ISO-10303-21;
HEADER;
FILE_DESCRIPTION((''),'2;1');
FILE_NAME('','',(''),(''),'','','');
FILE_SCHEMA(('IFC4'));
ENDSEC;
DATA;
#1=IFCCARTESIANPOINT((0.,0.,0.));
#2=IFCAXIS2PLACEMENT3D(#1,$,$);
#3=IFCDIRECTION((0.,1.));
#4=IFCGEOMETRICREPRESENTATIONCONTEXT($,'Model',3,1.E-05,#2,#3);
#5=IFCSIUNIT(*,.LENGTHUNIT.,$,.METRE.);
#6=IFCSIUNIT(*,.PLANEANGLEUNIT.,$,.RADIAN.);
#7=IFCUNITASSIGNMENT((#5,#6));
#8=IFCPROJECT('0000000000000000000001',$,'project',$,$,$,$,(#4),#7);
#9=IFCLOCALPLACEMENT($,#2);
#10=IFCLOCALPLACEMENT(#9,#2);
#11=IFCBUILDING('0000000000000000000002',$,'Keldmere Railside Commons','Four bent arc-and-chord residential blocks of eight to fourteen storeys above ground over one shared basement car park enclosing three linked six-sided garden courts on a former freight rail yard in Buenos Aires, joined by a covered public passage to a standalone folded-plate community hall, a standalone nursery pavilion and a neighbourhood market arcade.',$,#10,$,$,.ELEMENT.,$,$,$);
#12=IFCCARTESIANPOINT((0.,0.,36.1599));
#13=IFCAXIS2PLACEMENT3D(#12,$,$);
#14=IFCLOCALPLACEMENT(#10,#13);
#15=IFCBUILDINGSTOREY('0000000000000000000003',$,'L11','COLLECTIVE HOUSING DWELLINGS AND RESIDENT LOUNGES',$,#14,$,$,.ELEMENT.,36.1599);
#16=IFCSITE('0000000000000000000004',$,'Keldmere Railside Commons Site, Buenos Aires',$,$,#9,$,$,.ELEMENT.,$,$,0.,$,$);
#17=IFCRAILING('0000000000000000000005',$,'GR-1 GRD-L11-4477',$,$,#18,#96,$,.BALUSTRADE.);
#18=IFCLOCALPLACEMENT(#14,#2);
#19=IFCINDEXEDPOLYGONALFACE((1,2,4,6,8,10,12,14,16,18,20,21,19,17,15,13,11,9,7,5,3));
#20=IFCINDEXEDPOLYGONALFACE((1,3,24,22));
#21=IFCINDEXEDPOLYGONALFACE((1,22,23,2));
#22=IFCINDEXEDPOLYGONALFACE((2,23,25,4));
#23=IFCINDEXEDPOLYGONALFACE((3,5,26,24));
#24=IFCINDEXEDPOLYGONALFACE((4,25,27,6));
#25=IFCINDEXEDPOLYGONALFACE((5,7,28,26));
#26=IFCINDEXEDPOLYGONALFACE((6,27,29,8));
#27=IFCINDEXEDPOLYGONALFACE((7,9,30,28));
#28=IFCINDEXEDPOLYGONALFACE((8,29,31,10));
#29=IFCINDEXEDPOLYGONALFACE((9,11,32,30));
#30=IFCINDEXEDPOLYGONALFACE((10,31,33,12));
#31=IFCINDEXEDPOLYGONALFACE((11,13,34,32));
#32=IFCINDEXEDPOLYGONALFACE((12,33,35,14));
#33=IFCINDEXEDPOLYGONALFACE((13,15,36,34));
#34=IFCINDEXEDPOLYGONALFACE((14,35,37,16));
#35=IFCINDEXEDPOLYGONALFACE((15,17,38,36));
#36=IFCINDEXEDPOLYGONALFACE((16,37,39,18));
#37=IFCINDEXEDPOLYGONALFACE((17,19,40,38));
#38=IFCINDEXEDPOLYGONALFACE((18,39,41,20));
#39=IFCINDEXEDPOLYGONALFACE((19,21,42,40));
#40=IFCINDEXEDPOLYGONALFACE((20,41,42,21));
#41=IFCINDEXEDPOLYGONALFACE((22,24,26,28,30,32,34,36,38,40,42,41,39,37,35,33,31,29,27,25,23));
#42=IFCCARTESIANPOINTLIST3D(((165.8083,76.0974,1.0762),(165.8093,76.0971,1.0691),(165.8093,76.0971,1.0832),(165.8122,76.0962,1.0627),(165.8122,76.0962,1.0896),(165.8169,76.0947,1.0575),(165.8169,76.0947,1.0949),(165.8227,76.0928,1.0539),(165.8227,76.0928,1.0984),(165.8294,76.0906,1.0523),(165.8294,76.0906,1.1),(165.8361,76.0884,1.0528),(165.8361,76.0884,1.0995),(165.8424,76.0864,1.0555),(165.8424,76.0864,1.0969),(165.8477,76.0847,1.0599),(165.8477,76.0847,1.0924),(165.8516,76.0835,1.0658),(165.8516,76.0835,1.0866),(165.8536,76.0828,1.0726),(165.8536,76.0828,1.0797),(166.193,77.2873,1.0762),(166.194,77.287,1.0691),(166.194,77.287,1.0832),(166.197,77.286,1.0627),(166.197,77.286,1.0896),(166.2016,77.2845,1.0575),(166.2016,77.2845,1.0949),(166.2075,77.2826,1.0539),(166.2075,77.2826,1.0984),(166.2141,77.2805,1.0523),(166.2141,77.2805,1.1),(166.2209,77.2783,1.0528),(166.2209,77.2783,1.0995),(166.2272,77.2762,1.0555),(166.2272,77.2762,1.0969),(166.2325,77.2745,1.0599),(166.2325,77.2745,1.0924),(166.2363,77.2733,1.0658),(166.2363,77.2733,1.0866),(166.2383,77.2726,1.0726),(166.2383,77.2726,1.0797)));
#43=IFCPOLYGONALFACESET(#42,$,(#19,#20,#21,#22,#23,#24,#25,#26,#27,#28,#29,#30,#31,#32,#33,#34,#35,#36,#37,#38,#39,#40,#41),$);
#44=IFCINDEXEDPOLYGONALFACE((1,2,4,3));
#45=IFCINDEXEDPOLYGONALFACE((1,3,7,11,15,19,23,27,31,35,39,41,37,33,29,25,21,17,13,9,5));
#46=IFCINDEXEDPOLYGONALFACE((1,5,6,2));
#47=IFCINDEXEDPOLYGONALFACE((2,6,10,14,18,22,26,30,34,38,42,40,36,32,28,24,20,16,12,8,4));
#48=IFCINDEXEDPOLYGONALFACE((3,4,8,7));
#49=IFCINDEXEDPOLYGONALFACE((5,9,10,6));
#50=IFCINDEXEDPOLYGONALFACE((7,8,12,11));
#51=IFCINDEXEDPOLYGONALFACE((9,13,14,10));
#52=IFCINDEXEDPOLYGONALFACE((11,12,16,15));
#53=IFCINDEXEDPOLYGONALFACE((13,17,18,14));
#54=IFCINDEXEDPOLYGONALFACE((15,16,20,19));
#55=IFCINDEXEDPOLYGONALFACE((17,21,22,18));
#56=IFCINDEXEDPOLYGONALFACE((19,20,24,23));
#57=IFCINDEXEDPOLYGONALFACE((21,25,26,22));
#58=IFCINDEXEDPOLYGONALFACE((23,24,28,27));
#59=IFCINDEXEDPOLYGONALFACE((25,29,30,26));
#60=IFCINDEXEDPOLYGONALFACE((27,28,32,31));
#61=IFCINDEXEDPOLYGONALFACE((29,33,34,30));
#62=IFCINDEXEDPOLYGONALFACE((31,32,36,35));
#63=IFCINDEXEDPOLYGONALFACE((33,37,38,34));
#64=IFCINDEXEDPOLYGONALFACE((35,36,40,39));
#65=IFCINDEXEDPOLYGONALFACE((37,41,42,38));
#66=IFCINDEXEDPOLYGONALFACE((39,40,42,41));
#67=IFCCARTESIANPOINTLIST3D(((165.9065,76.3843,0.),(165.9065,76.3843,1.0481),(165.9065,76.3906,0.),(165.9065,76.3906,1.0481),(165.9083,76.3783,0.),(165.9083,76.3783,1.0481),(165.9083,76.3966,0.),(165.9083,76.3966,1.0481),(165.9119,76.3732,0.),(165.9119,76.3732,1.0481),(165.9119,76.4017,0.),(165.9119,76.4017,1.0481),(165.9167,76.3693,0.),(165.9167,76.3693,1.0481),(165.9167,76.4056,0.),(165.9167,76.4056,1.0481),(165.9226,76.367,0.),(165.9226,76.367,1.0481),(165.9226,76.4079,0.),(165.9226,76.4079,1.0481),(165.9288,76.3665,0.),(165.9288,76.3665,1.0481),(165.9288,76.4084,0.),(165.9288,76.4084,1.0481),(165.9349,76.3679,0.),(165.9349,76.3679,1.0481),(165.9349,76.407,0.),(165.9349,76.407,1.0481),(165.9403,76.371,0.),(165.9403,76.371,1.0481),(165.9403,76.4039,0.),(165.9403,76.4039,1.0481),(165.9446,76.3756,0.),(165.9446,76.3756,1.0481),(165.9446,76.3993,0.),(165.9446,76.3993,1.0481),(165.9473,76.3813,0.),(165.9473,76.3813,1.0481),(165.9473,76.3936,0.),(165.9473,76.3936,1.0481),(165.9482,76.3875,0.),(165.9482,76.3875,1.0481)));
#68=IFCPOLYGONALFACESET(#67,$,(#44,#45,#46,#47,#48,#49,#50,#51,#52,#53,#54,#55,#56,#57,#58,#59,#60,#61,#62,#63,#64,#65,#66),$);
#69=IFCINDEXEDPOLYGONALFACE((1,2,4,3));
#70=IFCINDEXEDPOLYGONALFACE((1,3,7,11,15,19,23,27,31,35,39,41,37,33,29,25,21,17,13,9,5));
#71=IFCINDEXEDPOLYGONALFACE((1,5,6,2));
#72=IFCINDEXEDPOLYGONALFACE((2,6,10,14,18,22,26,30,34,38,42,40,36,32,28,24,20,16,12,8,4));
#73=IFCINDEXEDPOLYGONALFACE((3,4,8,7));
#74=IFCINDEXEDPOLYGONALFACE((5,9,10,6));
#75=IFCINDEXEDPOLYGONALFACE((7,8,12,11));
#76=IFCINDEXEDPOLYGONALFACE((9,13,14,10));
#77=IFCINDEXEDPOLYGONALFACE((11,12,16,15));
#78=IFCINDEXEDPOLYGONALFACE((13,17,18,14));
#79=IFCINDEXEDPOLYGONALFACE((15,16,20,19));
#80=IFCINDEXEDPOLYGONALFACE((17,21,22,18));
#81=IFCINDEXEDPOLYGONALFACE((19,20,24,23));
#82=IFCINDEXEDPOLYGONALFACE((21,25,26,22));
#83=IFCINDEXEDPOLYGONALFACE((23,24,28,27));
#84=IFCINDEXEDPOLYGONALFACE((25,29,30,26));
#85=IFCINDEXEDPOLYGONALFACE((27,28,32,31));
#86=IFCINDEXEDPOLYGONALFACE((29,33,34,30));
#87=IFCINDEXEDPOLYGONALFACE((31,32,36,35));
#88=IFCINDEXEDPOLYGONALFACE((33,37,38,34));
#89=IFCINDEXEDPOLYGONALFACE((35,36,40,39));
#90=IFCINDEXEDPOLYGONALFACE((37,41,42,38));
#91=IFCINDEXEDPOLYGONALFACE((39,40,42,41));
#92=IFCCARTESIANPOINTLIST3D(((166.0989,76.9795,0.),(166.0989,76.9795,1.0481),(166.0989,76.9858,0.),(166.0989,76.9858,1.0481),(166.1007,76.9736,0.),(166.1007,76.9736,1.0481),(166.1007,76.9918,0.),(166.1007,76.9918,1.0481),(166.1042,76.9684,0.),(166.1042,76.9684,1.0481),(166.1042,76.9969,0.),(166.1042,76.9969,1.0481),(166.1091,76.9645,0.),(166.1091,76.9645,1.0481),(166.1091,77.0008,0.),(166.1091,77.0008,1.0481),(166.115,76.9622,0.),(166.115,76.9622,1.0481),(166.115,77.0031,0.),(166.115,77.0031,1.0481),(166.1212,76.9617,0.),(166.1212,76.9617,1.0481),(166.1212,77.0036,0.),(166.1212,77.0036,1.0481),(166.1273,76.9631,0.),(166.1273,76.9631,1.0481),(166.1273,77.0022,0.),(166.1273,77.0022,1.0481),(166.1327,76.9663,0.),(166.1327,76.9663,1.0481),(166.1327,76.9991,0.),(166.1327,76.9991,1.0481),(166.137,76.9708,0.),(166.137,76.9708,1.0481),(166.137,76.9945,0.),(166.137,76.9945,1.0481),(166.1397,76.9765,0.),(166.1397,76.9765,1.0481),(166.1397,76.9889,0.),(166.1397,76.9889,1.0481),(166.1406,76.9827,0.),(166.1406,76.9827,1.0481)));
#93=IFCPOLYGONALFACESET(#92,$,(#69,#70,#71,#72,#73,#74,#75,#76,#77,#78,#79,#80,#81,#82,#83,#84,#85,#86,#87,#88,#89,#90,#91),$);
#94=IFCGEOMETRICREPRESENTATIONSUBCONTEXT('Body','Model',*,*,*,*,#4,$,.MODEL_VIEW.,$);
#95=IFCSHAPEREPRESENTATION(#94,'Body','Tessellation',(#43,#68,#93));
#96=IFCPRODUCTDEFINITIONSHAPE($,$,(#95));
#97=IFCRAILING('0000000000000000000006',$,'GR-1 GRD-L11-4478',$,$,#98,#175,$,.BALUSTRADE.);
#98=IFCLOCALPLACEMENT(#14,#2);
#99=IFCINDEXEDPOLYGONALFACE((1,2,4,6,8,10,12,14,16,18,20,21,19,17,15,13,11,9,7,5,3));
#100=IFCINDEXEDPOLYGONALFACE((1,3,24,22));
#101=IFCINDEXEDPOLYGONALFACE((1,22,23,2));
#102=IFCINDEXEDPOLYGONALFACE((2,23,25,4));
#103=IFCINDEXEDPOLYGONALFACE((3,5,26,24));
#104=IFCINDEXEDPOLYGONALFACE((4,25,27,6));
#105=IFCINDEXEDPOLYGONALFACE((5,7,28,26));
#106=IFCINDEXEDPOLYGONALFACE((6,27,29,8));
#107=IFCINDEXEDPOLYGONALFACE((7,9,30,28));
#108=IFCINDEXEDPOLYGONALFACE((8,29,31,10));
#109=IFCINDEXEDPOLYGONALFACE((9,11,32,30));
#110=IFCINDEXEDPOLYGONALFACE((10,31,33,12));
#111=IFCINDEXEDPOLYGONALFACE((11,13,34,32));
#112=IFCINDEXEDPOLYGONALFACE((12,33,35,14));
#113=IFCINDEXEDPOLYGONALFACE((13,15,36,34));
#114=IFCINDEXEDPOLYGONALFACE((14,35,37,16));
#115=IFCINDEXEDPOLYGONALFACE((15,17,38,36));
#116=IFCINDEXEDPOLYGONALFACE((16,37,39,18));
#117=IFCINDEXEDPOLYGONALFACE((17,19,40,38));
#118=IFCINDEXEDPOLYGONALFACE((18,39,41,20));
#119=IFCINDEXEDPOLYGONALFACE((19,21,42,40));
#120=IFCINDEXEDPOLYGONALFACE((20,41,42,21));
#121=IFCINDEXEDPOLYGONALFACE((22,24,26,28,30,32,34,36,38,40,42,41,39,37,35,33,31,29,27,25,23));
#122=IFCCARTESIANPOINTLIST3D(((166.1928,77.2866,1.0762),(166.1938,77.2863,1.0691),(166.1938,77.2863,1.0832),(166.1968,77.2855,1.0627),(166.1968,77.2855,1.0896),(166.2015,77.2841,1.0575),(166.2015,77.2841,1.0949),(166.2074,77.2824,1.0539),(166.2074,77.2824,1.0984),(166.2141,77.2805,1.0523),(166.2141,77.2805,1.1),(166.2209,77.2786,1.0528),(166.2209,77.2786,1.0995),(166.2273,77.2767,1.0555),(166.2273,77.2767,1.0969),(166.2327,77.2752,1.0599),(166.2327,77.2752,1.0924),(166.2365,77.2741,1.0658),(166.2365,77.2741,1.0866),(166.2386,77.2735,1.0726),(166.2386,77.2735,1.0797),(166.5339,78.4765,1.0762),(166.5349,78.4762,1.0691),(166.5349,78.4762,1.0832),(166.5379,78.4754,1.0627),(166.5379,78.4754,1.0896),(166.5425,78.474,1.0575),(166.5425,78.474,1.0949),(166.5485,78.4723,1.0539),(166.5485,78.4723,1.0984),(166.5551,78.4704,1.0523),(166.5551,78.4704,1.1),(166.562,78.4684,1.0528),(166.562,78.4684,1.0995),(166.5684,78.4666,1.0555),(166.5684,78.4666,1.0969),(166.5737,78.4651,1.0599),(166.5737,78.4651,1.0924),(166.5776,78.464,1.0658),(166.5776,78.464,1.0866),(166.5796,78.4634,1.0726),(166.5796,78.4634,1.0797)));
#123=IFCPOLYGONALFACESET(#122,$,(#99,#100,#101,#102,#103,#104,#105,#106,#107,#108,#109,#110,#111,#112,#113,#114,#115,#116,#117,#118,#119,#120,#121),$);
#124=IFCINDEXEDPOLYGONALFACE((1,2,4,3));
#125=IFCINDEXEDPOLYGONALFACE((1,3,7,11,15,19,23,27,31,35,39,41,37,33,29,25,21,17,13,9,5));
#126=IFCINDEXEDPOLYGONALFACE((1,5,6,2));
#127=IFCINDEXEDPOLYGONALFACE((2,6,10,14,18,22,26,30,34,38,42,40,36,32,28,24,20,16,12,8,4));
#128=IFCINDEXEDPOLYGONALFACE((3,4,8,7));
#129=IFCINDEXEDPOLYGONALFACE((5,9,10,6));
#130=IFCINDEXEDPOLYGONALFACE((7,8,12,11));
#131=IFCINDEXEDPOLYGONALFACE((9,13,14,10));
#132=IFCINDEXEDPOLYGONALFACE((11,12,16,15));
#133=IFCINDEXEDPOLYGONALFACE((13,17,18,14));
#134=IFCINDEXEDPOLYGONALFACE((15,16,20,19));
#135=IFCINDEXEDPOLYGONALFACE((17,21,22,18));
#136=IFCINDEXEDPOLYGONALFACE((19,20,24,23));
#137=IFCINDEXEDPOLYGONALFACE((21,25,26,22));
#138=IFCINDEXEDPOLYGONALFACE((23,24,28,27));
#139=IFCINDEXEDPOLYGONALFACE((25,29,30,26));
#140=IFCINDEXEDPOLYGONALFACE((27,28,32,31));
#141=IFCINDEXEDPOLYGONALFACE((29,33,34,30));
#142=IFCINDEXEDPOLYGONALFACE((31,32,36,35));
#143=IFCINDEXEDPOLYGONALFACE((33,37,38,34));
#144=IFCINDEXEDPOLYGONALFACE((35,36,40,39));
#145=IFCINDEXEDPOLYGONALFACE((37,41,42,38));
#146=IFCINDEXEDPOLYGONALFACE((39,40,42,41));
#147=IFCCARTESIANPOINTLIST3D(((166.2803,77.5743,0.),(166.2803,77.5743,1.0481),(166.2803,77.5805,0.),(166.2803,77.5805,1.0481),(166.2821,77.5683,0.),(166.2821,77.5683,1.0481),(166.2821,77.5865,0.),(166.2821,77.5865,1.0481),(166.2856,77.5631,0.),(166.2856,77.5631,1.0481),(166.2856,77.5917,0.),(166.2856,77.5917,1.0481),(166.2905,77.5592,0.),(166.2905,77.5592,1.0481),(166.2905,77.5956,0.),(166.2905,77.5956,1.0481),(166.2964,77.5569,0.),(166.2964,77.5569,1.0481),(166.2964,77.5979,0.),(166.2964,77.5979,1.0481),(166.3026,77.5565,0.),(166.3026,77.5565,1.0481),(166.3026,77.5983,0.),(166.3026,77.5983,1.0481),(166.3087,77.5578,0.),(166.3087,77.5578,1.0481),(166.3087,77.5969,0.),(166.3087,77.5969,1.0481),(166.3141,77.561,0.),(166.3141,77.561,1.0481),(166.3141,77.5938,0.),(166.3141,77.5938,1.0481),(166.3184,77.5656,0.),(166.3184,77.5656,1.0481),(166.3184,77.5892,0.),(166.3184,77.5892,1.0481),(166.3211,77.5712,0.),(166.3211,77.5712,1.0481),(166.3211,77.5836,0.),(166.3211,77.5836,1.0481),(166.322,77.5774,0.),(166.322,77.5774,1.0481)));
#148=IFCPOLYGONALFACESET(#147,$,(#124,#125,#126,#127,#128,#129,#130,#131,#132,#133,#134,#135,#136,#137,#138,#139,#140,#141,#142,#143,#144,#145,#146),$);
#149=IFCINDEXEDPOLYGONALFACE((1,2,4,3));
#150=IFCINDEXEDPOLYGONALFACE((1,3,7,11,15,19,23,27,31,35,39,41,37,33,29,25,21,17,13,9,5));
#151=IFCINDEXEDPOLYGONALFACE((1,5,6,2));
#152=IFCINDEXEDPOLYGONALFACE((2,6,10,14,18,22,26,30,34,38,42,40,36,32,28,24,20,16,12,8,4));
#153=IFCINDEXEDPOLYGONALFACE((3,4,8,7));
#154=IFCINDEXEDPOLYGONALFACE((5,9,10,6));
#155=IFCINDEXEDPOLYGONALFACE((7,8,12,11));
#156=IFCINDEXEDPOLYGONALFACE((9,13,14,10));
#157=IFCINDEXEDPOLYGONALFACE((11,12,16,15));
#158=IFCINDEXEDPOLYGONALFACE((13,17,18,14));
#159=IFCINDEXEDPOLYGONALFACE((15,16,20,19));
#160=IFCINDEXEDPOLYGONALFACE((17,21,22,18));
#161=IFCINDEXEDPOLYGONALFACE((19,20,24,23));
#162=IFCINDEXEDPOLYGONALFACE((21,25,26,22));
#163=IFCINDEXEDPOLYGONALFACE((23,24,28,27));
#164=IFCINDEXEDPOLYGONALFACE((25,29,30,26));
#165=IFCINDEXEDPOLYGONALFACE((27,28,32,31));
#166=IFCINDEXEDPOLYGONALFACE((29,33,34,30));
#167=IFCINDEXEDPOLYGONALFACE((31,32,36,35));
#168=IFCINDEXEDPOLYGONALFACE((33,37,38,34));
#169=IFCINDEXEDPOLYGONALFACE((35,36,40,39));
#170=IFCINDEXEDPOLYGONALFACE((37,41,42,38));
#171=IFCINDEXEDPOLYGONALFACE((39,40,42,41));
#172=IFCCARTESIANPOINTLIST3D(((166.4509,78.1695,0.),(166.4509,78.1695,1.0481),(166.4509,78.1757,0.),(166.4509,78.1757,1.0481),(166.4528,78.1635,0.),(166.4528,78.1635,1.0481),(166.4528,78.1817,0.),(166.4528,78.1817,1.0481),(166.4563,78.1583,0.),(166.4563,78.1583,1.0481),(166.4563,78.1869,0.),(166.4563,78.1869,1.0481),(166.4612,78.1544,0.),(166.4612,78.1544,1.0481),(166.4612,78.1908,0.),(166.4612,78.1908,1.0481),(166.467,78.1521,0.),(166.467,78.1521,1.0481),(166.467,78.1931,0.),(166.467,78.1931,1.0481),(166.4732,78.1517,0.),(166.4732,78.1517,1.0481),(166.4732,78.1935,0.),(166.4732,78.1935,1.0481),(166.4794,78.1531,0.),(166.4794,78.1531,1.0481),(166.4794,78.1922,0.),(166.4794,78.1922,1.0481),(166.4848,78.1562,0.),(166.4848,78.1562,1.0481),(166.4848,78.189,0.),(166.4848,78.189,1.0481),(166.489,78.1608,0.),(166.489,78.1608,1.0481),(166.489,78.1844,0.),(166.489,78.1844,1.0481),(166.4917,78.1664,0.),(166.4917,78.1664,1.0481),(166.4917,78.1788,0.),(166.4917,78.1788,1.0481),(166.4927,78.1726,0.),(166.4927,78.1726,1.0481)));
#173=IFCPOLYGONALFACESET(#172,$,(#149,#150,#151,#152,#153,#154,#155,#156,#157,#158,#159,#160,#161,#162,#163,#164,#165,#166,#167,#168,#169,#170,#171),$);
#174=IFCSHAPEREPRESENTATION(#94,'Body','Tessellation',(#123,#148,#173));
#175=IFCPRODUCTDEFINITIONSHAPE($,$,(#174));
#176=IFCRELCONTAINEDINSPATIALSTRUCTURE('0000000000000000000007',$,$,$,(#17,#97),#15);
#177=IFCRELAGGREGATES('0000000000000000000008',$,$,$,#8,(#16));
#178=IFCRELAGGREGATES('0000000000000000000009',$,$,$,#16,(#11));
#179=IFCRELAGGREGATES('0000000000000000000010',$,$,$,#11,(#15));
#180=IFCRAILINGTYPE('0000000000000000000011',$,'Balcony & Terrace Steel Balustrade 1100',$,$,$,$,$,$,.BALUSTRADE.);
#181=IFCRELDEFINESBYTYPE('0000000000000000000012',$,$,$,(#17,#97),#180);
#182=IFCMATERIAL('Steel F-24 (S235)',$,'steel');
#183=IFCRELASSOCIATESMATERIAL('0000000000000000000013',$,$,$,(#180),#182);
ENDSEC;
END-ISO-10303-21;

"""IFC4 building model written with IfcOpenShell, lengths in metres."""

from ifc_helpers import new_model, si_unit, direction, frame, origin, origin_2d, place, context, subcontext, project, spatial, circle, extrude, material, type_object, element, save


model = new_model("IFC4")

# Units and contexts
model_context = context("Model", 3, precision=1e-05, world=origin(), true_north=direction((0.0, 1.0)))
body_context = subcontext(model_context, "Body", "Model", "MODEL_VIEW")
ifc_project = project(units=[si_unit("LENGTHUNIT", "METRE"), si_unit("PLANEANGLEUNIT", "RADIAN")], contexts=[model_context])

# Site, building, storey
site_placement = place(None, origin())
site = spatial("IfcSite", under=ifc_project, at=site_placement, Name="Keldmere Railside Commons Site, Buenos Aires", CompositionType="ELEMENT", RefElevation=0.0)
building_placement = place(site_placement, origin())
building = spatial("IfcBuilding", under=site, at=building_placement, Name="Keldmere Railside Commons", Description="Four bent arc-and-chord residential blocks of eight to fourteen storeys above ground over one shared basement car park enclosing three linked six-sided garden courts on a former freight rail yard in Buenos Aires, joined by a covered public passage to a standalone folded-plate community hall, a standalone nursery pavilion and a neighbourhood market arcade.", CompositionType="ELEMENT")
storey_placement = place(building_placement, frame((0.0, 0.0, 36.1599)))
storey = spatial("IfcBuildingStorey", under=building, at=storey_placement, Name="L11", Description="COLLECTIVE HOUSING DWELLINGS AND RESIDENT LOUNGES", CompositionType="ELEMENT", Elevation=36.1599)

# Railings
ifc_material_1 = material(Name="Steel F-24 (S235)", Category="steel")
railing_type = type_object("IfcRailingType", Name="Balcony & Terrace Steel Balustrade 1100", PredefinedType="BALUSTRADE", material=ifc_material_1)
railing_1_placement = place(storey_placement, frame((165.8311, 76.0901, 0.0)))
element("IfcRailing", 1, at=railing_1_placement, inside=storey, type_object=railing_type, Name="GR-1 GRD-L11-4477", PredefinedType="BALUSTRADE", context=body_context, shape_type="SweptSolid", body=[
    extrude(circle(Radius=0.0239, at=origin_2d()), frame((0.0, 0.0, 1.0762), z_axis=(0.307664, 0.951495, 0.0), x_axis=(-0.951495, 0.307664, 0.0)), (0.0, 0.0, 1.0), 1.2505),
    extrude(circle(Radius=0.021, at=origin_2d()), frame((0.0962, 0.2974, 0.0)), (0.0, 0.0, 1.0), 1.0481),
    extrude(circle(Radius=0.021, at=origin_2d()), frame((0.2886, 0.8926, 0.0)), (0.0, 0.0, 1.0), 1.0481),
])
railing_2_placement = place(storey_placement, frame((166.2158, 77.28, 0.0)))
element("IfcRailing", 2, at=railing_2_placement, inside=storey, type_object=railing_type, Name="GR-1 GRD-L11-4478", PredefinedType="BALUSTRADE", context=body_context, shape_type="SweptSolid", body=[
    extrude(circle(Radius=0.0239, at=origin_2d()), frame((0.0, 0.0, 1.0762), z_axis=(0.275529, 0.961293, 0.0), x_axis=(-0.961293, 0.275529, 0.0)), (0.0, 0.0, 1.0), 1.2378),
    extrude(circle(Radius=0.021, at=origin_2d()), frame((0.0852, 0.2974, 0.0)), (0.0, 0.0, 1.0), 1.0481),
    extrude(circle(Radius=0.021, at=origin_2d()), frame((0.2559, 0.8926, 0.0)), (0.0, 0.0, 1.0), 1.0481),
])

save(model, "model.ifc")
